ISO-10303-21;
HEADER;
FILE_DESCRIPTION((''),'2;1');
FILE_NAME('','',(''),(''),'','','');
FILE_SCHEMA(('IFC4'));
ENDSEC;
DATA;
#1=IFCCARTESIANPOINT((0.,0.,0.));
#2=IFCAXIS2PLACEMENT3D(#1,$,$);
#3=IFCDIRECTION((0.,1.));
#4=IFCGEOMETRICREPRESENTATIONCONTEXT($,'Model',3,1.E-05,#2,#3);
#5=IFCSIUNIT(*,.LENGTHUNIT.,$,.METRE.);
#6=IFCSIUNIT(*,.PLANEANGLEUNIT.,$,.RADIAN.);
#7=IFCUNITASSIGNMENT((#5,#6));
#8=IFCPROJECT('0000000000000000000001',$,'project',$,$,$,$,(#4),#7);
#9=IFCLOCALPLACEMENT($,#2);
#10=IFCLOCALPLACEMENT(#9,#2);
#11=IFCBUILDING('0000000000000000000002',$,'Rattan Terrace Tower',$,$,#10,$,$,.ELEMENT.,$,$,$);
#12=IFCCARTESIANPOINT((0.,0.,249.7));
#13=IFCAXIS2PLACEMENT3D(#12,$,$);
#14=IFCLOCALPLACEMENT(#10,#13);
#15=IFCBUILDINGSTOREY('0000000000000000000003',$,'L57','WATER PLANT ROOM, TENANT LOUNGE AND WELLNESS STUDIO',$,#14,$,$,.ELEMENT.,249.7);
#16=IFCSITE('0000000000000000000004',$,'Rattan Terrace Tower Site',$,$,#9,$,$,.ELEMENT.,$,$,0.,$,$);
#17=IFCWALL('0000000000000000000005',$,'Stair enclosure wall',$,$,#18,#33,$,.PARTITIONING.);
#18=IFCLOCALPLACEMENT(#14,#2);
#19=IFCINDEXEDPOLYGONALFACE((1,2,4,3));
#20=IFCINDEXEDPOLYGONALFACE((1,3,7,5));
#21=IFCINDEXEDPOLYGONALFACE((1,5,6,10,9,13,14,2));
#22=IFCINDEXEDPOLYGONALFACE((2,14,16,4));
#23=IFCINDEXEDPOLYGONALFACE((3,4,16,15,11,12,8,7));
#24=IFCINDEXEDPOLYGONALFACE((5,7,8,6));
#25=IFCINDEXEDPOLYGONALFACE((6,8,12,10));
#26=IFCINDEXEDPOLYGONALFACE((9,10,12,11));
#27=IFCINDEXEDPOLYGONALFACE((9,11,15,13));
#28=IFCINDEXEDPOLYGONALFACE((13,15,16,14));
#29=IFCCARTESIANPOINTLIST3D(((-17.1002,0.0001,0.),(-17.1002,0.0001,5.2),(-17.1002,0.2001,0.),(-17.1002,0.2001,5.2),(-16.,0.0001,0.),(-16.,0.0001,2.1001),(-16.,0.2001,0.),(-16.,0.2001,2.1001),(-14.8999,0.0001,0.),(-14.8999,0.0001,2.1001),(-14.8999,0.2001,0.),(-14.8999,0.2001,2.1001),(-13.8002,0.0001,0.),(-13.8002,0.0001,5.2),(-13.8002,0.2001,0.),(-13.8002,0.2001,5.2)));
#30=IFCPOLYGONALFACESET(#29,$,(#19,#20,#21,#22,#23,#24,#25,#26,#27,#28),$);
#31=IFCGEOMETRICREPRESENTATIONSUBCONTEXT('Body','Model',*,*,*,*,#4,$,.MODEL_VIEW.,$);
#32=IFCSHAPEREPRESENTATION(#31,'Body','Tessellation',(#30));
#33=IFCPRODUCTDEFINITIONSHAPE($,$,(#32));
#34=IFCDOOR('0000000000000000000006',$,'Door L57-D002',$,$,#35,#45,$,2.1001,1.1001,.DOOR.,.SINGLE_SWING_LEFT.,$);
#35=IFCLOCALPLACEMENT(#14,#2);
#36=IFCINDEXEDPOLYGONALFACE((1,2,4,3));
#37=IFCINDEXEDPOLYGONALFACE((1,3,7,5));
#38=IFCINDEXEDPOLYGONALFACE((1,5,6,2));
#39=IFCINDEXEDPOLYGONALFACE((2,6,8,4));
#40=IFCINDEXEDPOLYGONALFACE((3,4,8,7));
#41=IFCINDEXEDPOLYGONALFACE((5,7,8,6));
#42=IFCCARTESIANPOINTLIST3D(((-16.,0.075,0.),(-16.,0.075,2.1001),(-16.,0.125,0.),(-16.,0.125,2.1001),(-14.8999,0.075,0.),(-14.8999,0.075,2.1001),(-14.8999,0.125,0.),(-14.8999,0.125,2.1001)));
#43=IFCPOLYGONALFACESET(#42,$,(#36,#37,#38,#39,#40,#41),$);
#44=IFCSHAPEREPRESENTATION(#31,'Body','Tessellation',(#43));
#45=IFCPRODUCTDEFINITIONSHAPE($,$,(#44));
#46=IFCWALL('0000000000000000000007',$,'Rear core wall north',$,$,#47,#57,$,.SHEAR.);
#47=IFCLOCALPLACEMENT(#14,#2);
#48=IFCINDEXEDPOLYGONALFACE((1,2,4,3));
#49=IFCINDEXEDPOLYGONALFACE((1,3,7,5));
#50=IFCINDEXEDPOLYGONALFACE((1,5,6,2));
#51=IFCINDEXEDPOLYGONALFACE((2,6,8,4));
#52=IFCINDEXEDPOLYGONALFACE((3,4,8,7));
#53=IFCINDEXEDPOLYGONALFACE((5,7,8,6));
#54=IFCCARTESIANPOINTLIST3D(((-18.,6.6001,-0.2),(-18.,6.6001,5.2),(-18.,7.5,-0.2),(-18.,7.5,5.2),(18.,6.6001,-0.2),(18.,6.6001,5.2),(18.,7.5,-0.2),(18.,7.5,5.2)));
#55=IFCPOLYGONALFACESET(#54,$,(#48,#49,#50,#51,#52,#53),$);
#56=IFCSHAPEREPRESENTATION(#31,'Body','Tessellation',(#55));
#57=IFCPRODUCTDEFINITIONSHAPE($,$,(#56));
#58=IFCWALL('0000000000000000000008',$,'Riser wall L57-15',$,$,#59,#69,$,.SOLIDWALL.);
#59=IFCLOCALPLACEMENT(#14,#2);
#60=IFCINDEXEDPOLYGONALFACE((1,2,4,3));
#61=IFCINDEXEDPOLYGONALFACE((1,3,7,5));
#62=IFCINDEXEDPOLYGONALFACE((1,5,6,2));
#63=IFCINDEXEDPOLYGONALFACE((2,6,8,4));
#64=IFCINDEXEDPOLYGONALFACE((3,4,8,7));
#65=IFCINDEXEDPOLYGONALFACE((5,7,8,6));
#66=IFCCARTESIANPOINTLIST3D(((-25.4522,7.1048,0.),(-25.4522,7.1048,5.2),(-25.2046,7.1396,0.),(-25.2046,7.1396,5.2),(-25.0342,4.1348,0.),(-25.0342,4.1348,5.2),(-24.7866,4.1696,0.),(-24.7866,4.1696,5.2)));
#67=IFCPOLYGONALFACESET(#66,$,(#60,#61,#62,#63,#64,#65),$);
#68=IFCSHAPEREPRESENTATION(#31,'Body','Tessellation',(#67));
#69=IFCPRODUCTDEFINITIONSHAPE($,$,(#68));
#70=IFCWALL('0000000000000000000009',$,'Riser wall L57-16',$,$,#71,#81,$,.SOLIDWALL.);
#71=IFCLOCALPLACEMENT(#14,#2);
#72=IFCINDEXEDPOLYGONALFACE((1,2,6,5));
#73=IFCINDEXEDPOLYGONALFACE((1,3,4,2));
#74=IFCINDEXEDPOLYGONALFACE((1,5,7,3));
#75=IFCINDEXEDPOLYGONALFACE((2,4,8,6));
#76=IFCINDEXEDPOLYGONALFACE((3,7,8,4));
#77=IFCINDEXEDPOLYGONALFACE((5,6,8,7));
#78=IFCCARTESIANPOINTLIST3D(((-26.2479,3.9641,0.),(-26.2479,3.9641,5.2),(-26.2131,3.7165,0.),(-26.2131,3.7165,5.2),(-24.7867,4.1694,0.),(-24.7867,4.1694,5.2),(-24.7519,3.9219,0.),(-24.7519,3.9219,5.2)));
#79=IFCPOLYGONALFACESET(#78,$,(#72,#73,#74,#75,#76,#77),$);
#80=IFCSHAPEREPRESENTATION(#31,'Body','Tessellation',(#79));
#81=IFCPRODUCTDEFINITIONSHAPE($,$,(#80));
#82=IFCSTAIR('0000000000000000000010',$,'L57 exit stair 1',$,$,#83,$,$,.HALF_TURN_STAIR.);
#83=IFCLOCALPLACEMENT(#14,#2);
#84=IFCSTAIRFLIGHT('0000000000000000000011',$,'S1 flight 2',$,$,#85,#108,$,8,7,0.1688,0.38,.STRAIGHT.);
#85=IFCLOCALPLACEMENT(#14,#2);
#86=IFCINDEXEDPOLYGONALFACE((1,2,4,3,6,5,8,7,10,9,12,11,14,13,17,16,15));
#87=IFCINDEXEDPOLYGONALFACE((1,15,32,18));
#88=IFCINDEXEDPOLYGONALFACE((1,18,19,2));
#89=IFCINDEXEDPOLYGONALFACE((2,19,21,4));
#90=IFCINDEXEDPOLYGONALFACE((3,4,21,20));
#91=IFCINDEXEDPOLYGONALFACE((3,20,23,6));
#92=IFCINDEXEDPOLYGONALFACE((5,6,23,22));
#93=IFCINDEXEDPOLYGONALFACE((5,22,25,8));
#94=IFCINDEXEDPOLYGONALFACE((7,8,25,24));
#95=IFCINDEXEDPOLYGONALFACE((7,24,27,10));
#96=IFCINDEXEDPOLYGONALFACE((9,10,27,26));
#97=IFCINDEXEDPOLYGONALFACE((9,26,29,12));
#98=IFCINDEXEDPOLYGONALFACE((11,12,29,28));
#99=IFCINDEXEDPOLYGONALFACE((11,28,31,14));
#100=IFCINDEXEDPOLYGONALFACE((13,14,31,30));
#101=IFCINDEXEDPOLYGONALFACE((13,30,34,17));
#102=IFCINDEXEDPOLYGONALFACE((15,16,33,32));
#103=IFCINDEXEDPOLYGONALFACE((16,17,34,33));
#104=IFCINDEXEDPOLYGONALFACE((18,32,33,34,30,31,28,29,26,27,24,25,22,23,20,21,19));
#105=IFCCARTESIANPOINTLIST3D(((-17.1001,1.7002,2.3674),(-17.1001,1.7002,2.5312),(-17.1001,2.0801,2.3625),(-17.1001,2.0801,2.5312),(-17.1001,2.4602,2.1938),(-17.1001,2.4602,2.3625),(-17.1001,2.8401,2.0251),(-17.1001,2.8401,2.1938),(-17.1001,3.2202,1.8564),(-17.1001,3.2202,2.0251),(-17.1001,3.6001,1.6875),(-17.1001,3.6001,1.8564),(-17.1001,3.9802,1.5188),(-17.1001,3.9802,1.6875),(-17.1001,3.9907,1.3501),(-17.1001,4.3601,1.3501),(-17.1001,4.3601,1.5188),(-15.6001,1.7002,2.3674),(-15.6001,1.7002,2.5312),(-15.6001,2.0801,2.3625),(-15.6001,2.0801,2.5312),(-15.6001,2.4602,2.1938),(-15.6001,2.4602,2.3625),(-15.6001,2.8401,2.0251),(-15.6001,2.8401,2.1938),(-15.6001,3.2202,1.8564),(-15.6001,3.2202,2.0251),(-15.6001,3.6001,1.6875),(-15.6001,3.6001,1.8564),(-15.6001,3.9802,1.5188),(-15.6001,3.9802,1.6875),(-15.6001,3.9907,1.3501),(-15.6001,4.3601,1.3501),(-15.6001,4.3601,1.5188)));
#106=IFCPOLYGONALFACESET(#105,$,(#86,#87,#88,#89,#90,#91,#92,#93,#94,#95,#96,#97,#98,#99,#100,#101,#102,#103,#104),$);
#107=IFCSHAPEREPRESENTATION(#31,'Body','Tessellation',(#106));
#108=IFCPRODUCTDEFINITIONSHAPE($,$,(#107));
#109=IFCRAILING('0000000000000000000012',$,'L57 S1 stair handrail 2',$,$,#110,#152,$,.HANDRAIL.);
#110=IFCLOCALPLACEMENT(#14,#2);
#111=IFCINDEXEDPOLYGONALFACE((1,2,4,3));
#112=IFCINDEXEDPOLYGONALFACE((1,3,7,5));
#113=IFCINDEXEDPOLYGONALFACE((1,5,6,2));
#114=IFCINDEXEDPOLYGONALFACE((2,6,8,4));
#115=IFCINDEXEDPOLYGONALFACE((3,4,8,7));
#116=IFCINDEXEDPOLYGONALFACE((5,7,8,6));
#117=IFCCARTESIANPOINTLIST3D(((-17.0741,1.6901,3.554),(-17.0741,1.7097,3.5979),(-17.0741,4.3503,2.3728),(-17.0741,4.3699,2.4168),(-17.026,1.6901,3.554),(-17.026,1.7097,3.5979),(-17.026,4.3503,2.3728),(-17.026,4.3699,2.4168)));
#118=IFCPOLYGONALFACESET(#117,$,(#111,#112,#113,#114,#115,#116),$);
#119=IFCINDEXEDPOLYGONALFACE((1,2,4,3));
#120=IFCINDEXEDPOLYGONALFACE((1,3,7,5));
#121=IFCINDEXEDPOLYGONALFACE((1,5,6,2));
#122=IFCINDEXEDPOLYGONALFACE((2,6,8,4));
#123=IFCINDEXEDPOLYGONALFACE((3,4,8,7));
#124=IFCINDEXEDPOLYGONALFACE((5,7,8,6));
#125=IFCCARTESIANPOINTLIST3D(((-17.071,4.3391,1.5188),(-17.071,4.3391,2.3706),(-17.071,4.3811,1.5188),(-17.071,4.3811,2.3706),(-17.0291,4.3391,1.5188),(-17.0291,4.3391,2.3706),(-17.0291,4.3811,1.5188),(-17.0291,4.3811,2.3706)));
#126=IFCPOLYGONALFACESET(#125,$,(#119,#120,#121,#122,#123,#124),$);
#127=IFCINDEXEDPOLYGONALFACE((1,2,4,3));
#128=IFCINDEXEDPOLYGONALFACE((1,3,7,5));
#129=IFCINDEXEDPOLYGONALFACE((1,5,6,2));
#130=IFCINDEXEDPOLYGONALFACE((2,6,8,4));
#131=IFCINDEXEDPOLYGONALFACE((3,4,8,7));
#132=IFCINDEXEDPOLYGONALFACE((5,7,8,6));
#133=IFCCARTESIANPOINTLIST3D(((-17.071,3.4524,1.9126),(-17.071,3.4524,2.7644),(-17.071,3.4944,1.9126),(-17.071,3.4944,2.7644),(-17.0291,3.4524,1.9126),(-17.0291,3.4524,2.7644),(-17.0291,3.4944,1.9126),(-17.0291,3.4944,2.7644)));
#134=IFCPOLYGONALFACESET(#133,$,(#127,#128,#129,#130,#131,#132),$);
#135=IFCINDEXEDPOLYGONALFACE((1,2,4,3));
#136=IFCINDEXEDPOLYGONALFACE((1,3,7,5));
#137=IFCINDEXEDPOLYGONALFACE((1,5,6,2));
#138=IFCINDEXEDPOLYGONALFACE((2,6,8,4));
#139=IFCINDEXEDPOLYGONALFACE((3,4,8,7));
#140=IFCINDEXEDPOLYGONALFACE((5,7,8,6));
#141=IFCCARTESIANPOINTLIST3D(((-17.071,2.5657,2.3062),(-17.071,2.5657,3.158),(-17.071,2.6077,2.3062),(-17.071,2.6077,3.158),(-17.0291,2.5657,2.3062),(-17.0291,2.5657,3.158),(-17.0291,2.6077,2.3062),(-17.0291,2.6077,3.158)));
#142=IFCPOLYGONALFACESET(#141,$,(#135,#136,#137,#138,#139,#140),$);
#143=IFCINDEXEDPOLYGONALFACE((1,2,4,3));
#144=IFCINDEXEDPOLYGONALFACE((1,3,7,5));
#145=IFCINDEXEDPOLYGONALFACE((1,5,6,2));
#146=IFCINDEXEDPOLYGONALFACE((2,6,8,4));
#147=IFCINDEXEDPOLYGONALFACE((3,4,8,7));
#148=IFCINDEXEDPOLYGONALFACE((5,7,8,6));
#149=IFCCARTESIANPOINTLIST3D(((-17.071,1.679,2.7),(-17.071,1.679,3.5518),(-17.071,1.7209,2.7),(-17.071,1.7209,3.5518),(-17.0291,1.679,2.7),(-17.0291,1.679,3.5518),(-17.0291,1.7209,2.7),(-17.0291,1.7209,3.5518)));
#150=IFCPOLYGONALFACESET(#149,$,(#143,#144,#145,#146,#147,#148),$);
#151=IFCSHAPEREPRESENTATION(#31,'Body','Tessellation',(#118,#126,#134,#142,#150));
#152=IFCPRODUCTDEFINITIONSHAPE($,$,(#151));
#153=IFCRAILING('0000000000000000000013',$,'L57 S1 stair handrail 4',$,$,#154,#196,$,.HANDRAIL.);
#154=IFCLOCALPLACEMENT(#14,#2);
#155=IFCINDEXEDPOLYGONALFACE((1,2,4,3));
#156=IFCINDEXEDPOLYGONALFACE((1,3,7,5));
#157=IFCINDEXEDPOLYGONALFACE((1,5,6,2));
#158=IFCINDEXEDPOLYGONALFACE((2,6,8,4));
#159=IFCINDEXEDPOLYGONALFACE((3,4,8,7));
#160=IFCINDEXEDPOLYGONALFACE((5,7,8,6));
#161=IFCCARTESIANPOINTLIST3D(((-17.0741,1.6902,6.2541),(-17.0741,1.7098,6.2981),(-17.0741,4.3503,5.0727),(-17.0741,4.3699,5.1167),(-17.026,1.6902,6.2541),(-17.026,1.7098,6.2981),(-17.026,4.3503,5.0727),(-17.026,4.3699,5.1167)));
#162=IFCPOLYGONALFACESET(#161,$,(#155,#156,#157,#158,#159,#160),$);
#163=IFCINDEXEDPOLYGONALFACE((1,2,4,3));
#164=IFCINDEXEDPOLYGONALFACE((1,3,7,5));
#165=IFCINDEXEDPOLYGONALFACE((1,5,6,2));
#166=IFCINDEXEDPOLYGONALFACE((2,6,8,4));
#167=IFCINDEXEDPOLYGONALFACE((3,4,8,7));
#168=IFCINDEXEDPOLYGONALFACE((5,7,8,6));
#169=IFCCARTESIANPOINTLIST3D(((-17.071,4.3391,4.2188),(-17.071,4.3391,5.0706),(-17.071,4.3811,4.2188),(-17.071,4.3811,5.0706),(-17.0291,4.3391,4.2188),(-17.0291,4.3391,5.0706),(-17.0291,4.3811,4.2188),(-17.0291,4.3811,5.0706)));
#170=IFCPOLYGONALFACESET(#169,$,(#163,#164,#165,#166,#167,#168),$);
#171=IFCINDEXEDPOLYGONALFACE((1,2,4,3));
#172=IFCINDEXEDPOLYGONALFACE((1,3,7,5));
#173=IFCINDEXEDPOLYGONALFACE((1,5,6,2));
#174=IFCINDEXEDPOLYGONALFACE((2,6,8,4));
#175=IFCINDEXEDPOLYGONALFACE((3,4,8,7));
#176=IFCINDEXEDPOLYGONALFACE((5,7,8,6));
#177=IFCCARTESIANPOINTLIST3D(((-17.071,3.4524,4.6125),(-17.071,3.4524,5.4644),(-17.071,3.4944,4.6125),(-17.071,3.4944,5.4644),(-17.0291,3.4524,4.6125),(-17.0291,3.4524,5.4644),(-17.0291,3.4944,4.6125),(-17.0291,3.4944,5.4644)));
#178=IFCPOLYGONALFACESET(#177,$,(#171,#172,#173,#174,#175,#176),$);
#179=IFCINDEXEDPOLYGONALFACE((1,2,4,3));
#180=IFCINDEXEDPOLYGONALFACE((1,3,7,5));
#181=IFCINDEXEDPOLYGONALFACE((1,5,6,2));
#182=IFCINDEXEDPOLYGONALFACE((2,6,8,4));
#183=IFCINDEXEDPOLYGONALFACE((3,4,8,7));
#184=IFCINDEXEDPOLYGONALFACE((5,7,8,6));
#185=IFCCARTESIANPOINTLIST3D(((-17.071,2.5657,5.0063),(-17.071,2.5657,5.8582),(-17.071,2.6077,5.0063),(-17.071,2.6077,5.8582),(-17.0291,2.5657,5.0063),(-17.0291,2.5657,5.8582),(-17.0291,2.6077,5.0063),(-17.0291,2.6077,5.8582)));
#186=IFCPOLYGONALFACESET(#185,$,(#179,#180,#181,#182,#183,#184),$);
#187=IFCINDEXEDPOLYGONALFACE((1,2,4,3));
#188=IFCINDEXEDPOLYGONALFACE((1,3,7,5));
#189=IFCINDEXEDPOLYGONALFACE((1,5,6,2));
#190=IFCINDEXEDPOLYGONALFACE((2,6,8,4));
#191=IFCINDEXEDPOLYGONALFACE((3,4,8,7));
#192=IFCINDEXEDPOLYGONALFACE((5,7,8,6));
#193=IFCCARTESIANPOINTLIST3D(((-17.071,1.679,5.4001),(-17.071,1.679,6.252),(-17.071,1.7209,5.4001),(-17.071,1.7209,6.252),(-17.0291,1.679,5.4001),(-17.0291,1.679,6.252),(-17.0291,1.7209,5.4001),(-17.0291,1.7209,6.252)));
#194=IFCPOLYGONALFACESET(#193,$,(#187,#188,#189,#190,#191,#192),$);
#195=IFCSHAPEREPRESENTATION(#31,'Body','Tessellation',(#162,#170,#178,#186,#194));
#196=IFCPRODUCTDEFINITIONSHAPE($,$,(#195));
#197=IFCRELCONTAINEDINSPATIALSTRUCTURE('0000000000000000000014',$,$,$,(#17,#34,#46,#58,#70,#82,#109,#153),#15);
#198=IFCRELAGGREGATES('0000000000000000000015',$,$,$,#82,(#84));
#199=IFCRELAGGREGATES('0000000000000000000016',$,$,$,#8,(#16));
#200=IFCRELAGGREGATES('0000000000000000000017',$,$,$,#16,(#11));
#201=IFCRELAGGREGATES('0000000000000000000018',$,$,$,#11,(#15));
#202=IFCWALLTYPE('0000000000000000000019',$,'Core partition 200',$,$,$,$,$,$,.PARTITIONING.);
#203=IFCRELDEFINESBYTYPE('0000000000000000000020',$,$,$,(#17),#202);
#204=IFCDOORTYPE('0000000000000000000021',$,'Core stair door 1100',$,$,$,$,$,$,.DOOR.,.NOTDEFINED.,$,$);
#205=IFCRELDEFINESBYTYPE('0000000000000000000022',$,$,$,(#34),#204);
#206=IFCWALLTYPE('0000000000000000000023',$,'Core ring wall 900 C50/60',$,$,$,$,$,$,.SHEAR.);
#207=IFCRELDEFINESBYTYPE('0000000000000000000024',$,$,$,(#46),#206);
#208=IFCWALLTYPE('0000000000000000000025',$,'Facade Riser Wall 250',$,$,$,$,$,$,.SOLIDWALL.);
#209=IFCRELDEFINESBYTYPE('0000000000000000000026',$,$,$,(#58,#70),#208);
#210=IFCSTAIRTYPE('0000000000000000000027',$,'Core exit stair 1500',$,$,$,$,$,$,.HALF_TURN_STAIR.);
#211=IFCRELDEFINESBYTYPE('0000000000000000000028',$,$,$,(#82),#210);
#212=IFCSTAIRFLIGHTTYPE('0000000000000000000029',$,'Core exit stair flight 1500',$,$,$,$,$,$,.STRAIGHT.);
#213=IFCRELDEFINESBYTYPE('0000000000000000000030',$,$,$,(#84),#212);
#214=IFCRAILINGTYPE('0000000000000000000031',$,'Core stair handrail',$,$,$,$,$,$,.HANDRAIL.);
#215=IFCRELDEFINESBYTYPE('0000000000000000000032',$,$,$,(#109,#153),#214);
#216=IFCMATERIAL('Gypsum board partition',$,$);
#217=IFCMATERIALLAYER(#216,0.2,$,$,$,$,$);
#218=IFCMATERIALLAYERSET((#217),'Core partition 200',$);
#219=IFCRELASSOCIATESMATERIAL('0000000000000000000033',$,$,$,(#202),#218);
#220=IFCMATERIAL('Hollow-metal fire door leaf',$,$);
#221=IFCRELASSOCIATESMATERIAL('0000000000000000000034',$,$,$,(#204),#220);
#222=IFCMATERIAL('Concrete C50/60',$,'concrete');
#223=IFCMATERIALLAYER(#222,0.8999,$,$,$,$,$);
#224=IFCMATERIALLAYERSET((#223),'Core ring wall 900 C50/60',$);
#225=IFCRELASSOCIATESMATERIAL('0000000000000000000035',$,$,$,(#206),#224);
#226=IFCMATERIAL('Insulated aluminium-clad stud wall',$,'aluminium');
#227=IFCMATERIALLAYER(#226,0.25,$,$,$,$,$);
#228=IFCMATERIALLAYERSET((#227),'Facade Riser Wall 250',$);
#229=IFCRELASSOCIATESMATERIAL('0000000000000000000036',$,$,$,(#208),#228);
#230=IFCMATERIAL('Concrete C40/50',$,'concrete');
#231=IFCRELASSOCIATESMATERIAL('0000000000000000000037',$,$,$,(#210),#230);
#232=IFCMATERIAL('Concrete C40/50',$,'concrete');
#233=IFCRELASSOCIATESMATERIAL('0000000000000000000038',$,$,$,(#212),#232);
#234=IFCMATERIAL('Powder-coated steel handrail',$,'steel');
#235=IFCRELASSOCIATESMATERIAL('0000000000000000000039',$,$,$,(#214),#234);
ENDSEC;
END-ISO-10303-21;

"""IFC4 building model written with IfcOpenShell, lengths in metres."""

from ifc_helpers import new_model, si_unit, direction, frame, frame_2d, origin, origin_2d, place, context, subcontext, project, spatial, polyline, rectangle, outline, extrude, material, layer, layer_set, type_object, element, fill, aggregate, save


model = new_model("IFC4")

# Units and contexts
model_context = context("Model", 3, precision=1e-05, world=origin(), true_north=direction((0.0, 1.0)))
body_context = subcontext(model_context, "Body", "Model", "MODEL_VIEW")
ifc_project = project(units=[si_unit("LENGTHUNIT", "METRE"), si_unit("PLANEANGLEUNIT", "RADIAN")], contexts=[model_context])

# Site, building, storey
site_placement = place(None, origin())
site = spatial("IfcSite", under=ifc_project, at=site_placement, Name="Rattan Terrace Tower Site", CompositionType="ELEMENT", RefElevation=0.0)
building_placement = place(site_placement, origin())
building = spatial("IfcBuilding", under=site, at=building_placement, Name="Rattan Terrace Tower", CompositionType="ELEMENT")
storey_placement = place(building_placement, frame((0.0, 0.0, 249.7)))
storey = spatial("IfcBuildingStorey", under=building, at=storey_placement, Name="L57", Description="WATER PLANT ROOM, TENANT LOUNGE AND WELLNESS STUDIO", CompositionType="ELEMENT", Elevation=249.7)

# Wall, opening, door
ifc_material_1 = material(Name="Gypsum board partition")
ifc_layer_1 = layer(ifc_material_1, 0.2)
ifc_layer_set_1 = layer_set([ifc_layer_1], Name="Core partition 200")
wall_type_1 = type_object("IfcWallType", Name="Core partition 200", PredefinedType="PARTITIONING", material=ifc_layer_set_1)
wall_1_placement = place(storey_placement, frame((-17.1001, 0.1001, 0.0), z_axis=(0.0, 0.0, 1.0), x_axis=(1.0, 0.0, 0.0)))
wall_1 = element("IfcWall", 1, at=wall_1_placement, inside=storey, type_object=wall_type_1, Name="Stair enclosure wall", PredefinedType="PARTITIONING", context=body_context, shape_type="SweptSolid", body=[
    extrude(rectangle(XDim=3.3, YDim=0.2, at=frame_2d((1.6499, 0.0))), origin(), (0.0, 0.0, 1.0), 5.2),
])
opening_placement = place(wall_1_placement, frame((1.1001, 0.0, 0.0)))
opening = element("IfcOpeningElement", 2, at=opening_placement, cuts=wall_1, PredefinedType="OPENING", context=body_context, shape_type="SweptSolid", body=[
    extrude(rectangle(XDim=1.1001, YDim=2.1001, at=frame_2d((0.55, 1.05))), frame((0.0, 0.1106, 0.0), z_axis=(0.0, -1.0, 0.0), x_axis=(1.0, 0.0, 0.0)), (0.0, 0.0, 1.0), 0.2209),
])
ifc_material_2 = material(Name="Hollow-metal fire door leaf")
door_type = type_object("IfcDoorType", Name="Core stair door 1100", OperationType="NOTDEFINED", PredefinedType="DOOR", material=ifc_material_2)
door_placement = place(opening_placement, origin())
door = element("IfcDoor", 3, at=door_placement, inside=storey, type_object=door_type, Name="Door L57-D002", OperationType="SINGLE_SWING_LEFT", OverallHeight=2.1001, OverallWidth=1.1001, PredefinedType="DOOR", context=body_context, shape_type="SweptSolid", body=[
    extrude(rectangle(XDim=1.1001, YDim=2.1001, at=frame_2d((0.55, 1.05))), frame((0.0, 0.0249, 0.0), z_axis=(0.0, -1.0, 0.0), x_axis=(1.0, 0.0, 0.0)), (0.0, 0.0, 1.0), 0.05),
])
fill(opening, door)

# Walls
ifc_material_3 = material(Name="Concrete C50/60", Category="concrete")
ifc_layer_2 = layer(ifc_material_3, 0.8999)
ifc_layer_set_2 = layer_set([ifc_layer_2], Name="Core ring wall 900 C50/60")
wall_type_2 = type_object("IfcWallType", Name="Core ring wall 900 C50/60", PredefinedType="SHEAR", material=ifc_layer_set_2)
wall_2_placement = place(storey_placement, frame((-18.0, 7.05, -0.2), z_axis=(0.0, 0.0, 1.0), x_axis=(1.0, 0.0, 0.0)))
element("IfcWall", 4, at=wall_2_placement, inside=storey, type_object=wall_type_2, Name="Rear core wall north", PredefinedType="SHEAR", context=body_context, shape_type="SweptSolid", body=[
    extrude(rectangle(XDim=36.0, YDim=0.8999, at=frame_2d((18.0, 0.0))), origin(), (0.0, 0.0, 1.0), 5.3999),
])
ifc_material_4 = material(Name="Insulated aluminium-clad stud wall", Category="aluminium")
ifc_layer_3 = layer(ifc_material_4, 0.25)
ifc_layer_set_3 = layer_set([ifc_layer_3], Name="Facade Riser Wall 250")
wall_type_3 = type_object("IfcWallType", Name="Facade Riser Wall 250", PredefinedType="SOLIDWALL", material=ifc_layer_set_3)
wall_3_placement = place(storey_placement, frame((-25.3284, 7.1221, 0.0), z_axis=(0.0, 0.0, 1.0), x_axis=(0.139358, -0.990242, 0.0)))
element("IfcWall", 5, at=wall_3_placement, inside=storey, type_object=wall_type_3, Name="Riser wall L57-15", PredefinedType="SOLIDWALL", context=body_context, shape_type="SweptSolid", body=[
    extrude(rectangle(XDim=2.9993, YDim=0.25, at=frame_2d((1.4995, 0.0))), origin(), (0.0, 0.0, 1.0), 5.2),
])
wall_4_placement = place(storey_placement, frame((-24.7693, 4.0457, 0.0), z_axis=(0.0, 0.0, 1.0), x_axis=(-0.990271, -0.139151, 0.0)))
element("IfcWall", 6, at=wall_4_placement, inside=storey, type_object=wall_type_3, Name="Riser wall L57-16", PredefinedType="SOLIDWALL", context=body_context, shape_type="SweptSolid", body=[
    extrude(rectangle(XDim=1.4756, YDim=0.25, at=frame_2d((0.7378, 0.0))), origin(), (0.0, 0.0, 1.0), 5.2),
])

# Stair, stair flight
ifc_material_5 = material(Name="Concrete C40/50", Category="concrete")
stair_type = type_object("IfcStairType", Name="Core exit stair 1500", PredefinedType="HALF_TURN_STAIR", material=ifc_material_5)
stair_placement = place(storey_placement, origin())
stair = element("IfcStair", 7, at=stair_placement, inside=storey, type_object=stair_type, Name="L57 exit stair 1", PredefinedType="HALF_TURN_STAIR")
ifc_material_6 = material(Name="Concrete C40/50", Category="concrete")
stair_flight_type = type_object("IfcStairFlightType", Name="Core exit stair flight 1500", PredefinedType="STRAIGHT", material=ifc_material_6)
stair_flight_placement = place(storey_placement, frame((-16.3501, 4.3601, 1.3501), z_axis=(0.0, 0.0, 1.0), x_axis=(0.0, -1.0, 0.0)))
stair_flight = element("IfcStairFlight", 8, at=stair_flight_placement, type_object=stair_flight_type, Name="S1 flight 2", NumberOfRisers=8, NumberOfTreads=7, PredefinedType="STRAIGHT", RiserHeight=0.1688, TreadLength=0.38, context=body_context, shape_type="SweptSolid", body=[
    extrude(outline(polyline([(0.0, 0.0), (0.0, 0.1687), (0.3799, 0.1687), (0.3799, 0.3374), (0.76, 0.3374), (0.76, 0.5063), (1.1399, 0.5063), (1.1399, 0.675), (1.52, 0.675), (1.52, 0.8438), (1.8999, 0.8438), (1.8999, 1.0125), (2.28, 1.0125), (2.28, 1.1812), (2.6599, 1.1812), (2.6599, 1.3501), (2.6599, 1.0173), (0.3694, 0.0), (0.0, 0.0)])), frame((0.0, 0.75, 0.0), z_axis=(0.0, -1.0, 0.0), x_axis=(1.0, 0.0, 0.0)), (0.0, 0.0, 1.0), 1.5),
])
aggregate(stair, [stair_flight])

# Railings
ifc_material_7 = material(Name="Powder-coated steel handrail", Category="steel")
railing_type = type_object("IfcRailingType", Name="Core stair handrail", PredefinedType="HANDRAIL", material=ifc_material_7)
railing_1_placement = place(storey_placement, frame((-17.05, 4.3601, 1.5188)))
element("IfcRailing", 9, at=railing_1_placement, inside=storey, type_object=railing_type, Name="L57 S1 stair handrail 2", PredefinedType="HANDRAIL", context=body_context, shape_type="SweptSolid", body=[
    extrude(rectangle(XDim=0.0481, YDim=0.0481, at=origin_2d()), frame((0.0, 0.0, 0.876), z_axis=(0.0, -0.913957, 0.405812), x_axis=(1.0, 0.0, 0.0)), (0.0, 0.0, 1.0), 2.9106),
    extrude(rectangle(XDim=0.042, YDim=0.042, at=origin_2d()), origin(), (0.0, 0.0, 1.0), 0.8518),
    extrude(rectangle(XDim=0.042, YDim=0.042, at=origin_2d()), frame((0.0, -0.8867, 0.3938)), (0.0, 0.0, 1.0), 0.8518),
    extrude(rectangle(XDim=0.042, YDim=0.042, at=origin_2d()), frame((0.0, -1.7734, 0.7874)), (0.0, 0.0, 1.0), 0.8518),
    extrude(rectangle(XDim=0.042, YDim=0.042, at=origin_2d()), frame((0.0, -2.6602, 1.1812)), (0.0, 0.0, 1.0), 0.8518),
])
railing_2_placement = place(storey_placement, frame((-17.05, 4.3601, 4.2188)))
element("IfcRailing", 10, at=railing_2_placement, inside=storey, type_object=railing_type, Name="L57 S1 stair handrail 4", PredefinedType="HANDRAIL", context=body_context, shape_type="SweptSolid", body=[
    extrude(rectangle(XDim=0.0481, YDim=0.0481, at=origin_2d()), frame((0.0, 0.0, 0.876), z_axis=(0.0, -0.913926, 0.405882), x_axis=(1.0, 0.0, 0.0)), (0.0, 0.0, 1.0), 2.9106),
    extrude(rectangle(XDim=0.042, YDim=0.042, at=origin_2d()), origin(), (0.0, 0.0, 1.0), 0.8518),
    extrude(rectangle(XDim=0.042, YDim=0.042, at=origin_2d()), frame((0.0, -0.8867, 0.3938)), (0.0, 0.0, 1.0), 0.8518),
    extrude(rectangle(XDim=0.042, YDim=0.042, at=origin_2d()), frame((0.0, -1.7734, 0.7876)), (0.0, 0.0, 1.0), 0.8518),
    extrude(rectangle(XDim=0.042, YDim=0.042, at=origin_2d()), frame((0.0, -2.6602, 1.1814)), (0.0, 0.0, 1.0), 0.8518),
])

save(model, "model.ifc")
